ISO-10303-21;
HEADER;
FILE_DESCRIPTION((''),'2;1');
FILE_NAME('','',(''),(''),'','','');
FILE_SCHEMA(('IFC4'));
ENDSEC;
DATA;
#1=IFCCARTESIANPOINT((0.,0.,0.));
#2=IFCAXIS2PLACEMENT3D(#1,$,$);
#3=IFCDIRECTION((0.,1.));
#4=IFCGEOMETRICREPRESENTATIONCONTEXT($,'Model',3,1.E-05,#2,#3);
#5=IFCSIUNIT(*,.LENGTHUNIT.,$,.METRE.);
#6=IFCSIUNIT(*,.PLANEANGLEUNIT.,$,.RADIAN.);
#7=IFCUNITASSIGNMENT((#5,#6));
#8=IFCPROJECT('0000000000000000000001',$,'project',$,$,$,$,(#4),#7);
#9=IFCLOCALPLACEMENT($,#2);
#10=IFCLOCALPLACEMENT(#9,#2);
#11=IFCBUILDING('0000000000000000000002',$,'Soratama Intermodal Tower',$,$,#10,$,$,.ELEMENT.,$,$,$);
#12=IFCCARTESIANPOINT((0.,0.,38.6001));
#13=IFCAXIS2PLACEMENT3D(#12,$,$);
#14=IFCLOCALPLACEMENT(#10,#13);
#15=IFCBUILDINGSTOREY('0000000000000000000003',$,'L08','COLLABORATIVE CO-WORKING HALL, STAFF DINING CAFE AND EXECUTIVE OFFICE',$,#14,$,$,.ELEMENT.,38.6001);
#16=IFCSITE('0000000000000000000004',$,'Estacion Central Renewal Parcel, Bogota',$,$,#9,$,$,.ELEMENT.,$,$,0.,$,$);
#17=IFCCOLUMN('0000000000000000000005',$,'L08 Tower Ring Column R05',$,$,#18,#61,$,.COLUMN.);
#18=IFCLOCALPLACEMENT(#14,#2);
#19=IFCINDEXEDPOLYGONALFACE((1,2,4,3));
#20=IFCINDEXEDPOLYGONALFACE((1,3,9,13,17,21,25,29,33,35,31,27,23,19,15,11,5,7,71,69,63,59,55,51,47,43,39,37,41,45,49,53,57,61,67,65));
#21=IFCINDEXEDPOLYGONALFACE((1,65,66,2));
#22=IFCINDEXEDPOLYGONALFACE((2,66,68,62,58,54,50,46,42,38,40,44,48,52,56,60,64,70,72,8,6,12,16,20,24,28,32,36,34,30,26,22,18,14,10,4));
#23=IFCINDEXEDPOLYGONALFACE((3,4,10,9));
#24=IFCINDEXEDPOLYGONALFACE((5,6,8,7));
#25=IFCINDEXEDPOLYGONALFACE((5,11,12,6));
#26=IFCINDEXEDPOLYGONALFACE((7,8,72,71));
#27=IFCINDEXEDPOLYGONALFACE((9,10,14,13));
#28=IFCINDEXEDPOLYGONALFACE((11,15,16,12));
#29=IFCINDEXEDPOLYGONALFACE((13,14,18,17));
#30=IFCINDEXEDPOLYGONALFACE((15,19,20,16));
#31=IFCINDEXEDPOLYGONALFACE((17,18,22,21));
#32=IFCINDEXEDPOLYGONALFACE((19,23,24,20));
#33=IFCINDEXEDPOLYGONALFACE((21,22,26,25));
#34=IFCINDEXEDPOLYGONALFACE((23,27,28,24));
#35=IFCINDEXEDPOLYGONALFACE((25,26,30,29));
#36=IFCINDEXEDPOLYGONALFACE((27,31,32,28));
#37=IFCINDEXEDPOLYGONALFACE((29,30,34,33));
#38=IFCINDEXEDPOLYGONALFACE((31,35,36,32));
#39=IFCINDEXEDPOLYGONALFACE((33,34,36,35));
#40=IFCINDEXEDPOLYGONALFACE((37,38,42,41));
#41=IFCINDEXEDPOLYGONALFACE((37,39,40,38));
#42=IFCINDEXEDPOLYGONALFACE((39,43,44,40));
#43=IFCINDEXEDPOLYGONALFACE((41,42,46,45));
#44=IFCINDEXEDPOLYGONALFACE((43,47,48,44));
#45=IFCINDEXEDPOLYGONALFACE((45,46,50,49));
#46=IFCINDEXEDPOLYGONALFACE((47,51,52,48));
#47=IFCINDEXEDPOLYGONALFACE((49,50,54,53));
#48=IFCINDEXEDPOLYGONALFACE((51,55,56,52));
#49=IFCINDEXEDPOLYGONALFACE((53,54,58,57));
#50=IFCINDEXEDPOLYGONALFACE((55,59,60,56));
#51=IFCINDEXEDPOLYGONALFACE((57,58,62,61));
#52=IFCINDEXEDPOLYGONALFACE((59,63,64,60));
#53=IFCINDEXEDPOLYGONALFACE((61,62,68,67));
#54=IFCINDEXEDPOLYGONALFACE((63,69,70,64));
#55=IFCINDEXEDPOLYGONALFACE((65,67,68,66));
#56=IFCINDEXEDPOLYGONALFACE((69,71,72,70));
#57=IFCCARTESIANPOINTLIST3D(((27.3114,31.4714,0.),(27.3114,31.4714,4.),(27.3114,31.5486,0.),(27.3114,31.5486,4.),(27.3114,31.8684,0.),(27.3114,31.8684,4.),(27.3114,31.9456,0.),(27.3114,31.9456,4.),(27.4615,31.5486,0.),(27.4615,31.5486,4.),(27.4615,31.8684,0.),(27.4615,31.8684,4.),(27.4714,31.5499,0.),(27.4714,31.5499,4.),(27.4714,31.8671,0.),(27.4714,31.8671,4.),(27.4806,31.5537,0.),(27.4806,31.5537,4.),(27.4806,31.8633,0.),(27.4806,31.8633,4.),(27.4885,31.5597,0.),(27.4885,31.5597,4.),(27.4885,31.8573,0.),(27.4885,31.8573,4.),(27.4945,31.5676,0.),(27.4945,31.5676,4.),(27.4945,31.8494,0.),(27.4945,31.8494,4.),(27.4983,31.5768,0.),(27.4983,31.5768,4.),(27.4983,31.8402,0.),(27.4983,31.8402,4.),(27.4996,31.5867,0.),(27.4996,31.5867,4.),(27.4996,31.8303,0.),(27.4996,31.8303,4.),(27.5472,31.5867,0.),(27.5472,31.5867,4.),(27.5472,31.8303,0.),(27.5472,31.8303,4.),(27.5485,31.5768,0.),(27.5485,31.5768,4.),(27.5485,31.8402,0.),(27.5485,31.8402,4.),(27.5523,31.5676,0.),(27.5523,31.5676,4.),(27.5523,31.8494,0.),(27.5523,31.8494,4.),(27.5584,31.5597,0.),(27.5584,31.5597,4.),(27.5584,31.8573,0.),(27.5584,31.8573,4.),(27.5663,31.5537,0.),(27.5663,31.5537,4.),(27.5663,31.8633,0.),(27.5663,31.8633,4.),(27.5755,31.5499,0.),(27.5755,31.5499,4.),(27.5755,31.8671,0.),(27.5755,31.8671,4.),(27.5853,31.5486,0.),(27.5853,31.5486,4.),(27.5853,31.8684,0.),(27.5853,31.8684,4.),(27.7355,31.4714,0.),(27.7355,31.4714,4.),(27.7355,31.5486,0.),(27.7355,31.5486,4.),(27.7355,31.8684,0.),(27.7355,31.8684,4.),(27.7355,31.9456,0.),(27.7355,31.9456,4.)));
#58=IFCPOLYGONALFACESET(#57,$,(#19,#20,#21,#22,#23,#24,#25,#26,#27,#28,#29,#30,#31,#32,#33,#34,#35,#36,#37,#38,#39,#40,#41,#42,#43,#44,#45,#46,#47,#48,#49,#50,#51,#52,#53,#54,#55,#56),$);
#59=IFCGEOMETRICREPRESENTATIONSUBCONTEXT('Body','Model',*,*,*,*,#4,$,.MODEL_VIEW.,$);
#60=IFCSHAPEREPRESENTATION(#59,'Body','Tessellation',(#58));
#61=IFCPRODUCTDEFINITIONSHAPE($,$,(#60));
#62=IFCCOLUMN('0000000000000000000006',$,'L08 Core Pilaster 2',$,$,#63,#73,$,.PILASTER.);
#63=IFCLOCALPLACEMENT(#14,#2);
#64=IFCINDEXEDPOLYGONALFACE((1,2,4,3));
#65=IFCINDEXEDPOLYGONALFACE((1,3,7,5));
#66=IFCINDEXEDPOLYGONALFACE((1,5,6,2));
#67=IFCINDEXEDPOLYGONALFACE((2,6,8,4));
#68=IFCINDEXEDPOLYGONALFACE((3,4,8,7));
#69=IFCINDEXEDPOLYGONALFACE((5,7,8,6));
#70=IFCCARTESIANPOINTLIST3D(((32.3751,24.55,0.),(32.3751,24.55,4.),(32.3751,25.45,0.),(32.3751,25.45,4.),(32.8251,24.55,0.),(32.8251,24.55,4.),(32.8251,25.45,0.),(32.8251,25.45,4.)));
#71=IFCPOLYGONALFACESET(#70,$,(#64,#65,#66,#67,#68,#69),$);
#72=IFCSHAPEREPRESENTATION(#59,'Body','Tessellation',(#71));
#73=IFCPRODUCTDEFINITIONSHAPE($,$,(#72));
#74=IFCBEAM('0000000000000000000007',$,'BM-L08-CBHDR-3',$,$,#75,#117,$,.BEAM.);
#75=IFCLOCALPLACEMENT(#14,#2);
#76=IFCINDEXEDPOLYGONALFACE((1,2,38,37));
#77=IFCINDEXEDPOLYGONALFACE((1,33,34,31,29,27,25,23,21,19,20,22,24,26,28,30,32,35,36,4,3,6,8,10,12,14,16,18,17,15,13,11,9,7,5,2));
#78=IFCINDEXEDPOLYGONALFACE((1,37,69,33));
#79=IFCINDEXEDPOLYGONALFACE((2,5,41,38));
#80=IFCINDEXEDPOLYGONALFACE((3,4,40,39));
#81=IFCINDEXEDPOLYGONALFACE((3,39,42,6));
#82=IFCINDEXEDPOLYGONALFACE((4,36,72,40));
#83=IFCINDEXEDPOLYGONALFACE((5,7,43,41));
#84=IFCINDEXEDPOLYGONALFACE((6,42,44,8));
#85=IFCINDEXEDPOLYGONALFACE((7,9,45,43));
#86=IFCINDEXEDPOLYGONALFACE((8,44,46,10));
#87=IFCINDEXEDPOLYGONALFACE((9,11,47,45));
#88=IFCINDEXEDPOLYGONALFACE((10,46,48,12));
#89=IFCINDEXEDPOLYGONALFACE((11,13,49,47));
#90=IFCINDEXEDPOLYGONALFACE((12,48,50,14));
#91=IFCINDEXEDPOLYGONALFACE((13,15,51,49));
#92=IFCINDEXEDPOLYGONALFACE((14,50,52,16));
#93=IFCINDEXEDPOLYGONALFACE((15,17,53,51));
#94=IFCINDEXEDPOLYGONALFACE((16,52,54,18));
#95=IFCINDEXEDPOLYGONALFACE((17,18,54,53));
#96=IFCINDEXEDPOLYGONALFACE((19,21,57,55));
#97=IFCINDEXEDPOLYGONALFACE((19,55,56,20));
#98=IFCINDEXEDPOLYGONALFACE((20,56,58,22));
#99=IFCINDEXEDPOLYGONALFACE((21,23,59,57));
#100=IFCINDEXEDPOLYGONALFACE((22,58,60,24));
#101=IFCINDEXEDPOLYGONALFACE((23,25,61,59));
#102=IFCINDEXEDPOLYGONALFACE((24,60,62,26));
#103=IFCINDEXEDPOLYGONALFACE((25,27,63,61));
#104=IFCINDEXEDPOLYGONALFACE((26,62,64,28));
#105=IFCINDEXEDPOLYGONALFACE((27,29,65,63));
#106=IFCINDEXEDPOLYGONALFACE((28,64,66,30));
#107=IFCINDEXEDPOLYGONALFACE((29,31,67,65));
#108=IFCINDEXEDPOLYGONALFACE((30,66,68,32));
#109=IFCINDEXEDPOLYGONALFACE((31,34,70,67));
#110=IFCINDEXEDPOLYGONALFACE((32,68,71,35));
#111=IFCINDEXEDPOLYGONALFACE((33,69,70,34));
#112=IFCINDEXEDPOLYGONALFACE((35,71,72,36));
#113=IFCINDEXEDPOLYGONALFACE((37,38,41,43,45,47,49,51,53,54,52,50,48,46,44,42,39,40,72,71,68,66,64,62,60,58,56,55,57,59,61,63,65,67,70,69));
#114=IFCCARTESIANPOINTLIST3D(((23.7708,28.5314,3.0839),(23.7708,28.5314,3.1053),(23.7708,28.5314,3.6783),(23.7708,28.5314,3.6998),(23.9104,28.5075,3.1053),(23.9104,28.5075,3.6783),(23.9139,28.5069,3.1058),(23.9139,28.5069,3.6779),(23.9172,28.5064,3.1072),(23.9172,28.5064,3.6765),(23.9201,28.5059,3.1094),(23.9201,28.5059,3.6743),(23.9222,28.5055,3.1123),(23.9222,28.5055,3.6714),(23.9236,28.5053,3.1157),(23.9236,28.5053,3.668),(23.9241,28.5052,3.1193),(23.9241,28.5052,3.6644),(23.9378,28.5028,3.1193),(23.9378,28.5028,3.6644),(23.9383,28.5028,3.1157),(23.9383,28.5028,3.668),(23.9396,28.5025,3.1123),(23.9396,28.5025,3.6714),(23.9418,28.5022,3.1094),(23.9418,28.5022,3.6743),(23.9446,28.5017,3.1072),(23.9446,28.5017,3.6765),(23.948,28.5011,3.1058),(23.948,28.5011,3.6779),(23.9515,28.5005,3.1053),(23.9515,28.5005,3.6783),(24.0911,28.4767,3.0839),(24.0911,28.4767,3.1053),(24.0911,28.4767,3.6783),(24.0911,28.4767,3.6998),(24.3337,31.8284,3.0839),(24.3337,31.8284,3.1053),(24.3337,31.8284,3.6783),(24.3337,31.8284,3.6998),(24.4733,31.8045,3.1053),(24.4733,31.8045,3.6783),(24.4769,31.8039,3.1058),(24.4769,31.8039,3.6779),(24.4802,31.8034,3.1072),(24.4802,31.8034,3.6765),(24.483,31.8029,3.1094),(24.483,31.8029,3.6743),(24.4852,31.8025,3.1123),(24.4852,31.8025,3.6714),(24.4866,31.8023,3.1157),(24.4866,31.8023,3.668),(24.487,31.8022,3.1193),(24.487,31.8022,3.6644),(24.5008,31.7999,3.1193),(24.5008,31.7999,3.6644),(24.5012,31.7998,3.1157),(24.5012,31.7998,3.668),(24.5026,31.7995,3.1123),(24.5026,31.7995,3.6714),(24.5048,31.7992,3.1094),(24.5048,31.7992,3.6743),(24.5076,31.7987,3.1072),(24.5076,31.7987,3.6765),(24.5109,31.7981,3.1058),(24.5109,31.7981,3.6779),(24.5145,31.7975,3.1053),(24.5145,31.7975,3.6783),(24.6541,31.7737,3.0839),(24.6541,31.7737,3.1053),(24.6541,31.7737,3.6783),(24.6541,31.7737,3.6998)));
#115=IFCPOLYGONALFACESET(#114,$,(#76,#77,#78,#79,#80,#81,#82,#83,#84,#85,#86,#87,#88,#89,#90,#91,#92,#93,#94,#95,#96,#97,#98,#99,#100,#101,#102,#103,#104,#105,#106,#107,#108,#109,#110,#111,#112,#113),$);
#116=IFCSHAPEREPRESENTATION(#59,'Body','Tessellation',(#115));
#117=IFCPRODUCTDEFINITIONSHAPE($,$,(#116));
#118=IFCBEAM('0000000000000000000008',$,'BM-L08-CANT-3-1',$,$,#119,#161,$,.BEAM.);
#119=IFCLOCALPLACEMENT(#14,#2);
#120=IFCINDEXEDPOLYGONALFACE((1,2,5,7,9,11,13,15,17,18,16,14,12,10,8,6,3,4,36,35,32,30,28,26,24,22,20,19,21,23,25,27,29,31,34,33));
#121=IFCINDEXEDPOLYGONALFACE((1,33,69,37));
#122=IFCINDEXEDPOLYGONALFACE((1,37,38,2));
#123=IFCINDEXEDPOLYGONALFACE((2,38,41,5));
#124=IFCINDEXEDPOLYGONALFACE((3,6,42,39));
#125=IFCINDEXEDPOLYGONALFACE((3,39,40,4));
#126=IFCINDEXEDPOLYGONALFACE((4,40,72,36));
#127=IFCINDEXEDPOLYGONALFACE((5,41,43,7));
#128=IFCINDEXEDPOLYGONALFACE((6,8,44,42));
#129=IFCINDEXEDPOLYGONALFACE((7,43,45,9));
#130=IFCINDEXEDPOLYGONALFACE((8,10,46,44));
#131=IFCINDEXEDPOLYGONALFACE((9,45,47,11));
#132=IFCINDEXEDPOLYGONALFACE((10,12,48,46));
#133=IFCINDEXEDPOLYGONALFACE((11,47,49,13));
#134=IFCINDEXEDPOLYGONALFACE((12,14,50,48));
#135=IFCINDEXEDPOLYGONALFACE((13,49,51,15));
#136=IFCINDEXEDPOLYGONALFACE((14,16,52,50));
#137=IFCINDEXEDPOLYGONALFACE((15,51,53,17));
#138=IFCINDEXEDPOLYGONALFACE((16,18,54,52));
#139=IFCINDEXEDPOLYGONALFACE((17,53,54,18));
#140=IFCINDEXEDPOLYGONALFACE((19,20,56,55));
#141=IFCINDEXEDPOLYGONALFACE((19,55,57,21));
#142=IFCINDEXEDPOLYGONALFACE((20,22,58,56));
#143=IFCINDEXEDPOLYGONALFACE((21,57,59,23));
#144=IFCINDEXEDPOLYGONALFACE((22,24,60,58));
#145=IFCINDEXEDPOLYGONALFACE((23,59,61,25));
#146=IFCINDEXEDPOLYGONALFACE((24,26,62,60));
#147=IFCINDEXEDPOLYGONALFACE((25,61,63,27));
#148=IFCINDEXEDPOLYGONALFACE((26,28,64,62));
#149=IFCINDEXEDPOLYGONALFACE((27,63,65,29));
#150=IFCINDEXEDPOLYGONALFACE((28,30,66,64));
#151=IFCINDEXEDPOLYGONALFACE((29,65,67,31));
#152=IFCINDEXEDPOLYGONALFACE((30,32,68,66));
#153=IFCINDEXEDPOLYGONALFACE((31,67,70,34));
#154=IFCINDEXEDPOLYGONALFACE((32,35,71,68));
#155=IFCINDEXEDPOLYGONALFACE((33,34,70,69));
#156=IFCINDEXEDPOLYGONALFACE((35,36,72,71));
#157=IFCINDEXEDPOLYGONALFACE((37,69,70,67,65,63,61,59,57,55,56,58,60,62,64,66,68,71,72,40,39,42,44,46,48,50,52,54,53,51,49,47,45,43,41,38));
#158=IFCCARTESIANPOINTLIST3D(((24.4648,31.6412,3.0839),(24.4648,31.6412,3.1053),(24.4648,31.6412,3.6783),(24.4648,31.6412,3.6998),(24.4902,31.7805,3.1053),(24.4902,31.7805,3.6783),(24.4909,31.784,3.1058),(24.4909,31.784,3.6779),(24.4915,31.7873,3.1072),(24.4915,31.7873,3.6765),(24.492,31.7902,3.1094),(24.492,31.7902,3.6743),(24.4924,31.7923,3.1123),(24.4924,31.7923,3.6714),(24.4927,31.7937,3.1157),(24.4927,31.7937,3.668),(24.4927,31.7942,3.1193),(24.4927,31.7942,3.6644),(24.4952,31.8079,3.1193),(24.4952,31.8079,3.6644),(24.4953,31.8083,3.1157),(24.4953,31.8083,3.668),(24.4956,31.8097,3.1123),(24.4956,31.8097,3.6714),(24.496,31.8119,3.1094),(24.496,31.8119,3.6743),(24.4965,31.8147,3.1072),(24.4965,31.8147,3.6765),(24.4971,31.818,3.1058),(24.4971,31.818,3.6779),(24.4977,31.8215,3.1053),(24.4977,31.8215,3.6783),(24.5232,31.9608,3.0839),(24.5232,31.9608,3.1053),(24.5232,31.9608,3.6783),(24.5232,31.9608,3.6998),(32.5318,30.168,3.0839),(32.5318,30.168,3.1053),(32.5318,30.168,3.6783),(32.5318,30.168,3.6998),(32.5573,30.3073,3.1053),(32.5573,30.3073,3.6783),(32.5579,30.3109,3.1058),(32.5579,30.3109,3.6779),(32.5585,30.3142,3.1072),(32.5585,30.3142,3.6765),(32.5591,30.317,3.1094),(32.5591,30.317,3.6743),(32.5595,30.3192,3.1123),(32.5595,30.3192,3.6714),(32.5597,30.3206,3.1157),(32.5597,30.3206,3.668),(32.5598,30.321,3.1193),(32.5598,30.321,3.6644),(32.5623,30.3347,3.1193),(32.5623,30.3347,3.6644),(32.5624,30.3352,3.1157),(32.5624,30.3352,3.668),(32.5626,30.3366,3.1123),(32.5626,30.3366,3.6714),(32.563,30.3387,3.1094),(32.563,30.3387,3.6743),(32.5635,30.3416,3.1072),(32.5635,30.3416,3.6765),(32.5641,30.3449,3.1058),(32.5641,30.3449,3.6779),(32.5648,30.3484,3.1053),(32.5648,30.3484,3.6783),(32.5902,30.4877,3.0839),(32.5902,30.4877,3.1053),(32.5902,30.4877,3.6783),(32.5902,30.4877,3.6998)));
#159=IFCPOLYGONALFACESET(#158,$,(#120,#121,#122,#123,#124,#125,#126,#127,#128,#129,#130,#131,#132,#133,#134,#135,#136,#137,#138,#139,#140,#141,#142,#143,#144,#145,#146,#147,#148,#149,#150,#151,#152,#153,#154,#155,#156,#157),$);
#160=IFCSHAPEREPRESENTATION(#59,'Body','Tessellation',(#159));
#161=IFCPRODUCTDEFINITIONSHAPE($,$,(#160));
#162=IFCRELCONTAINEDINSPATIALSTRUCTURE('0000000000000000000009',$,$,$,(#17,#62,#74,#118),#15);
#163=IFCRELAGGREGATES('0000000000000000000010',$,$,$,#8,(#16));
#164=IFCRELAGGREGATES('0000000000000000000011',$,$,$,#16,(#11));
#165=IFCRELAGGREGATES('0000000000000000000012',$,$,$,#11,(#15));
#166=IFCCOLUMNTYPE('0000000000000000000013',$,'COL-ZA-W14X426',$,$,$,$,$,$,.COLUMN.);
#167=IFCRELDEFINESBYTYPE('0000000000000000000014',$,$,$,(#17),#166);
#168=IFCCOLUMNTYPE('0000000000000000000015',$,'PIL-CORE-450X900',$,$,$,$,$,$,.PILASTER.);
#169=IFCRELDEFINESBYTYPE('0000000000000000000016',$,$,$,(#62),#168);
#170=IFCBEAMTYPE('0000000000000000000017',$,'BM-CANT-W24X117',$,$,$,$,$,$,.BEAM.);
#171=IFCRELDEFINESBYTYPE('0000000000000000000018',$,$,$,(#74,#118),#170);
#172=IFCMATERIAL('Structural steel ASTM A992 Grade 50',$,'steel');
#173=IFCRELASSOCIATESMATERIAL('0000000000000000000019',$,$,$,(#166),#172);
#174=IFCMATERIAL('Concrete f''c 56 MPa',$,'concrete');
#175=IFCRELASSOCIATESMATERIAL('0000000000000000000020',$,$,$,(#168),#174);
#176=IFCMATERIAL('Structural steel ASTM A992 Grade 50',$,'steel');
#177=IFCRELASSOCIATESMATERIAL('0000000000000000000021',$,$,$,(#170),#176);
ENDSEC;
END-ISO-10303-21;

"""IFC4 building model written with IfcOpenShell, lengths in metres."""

from ifc_helpers import new_model, si_unit, direction, frame, origin, origin_2d, place, context, subcontext, project, spatial, rectangle, i_section, extrude, material, material_profile, profile_set, type_object, element, save


model = new_model("IFC4")

# Units and contexts
model_context = context("Model", 3, precision=1e-05, world=origin(), true_north=direction((0.0, 1.0)))
body_context = subcontext(model_context, "Body", "Model", "MODEL_VIEW")
ifc_project = project(units=[si_unit("LENGTHUNIT", "METRE"), si_unit("PLANEANGLEUNIT", "RADIAN")], contexts=[model_context])

# Site, building, storey
site_placement = place(None, origin())
site = spatial("IfcSite", under=ifc_project, at=site_placement, Name="Estacion Central Renewal Parcel, Bogota", CompositionType="ELEMENT", RefElevation=0.0)
building_placement = place(site_placement, origin())
building = spatial("IfcBuilding", under=site, at=building_placement, Name="Soratama Intermodal Tower", CompositionType="ELEMENT")
storey_placement = place(building_placement, frame((0.0, 0.0, 38.6001)))
storey = spatial("IfcBuildingStorey", under=building, at=storey_placement, Name="L08", Description="COLLABORATIVE CO-WORKING HALL, STAFF DINING CAFE AND EXECUTIVE OFFICE", CompositionType="ELEMENT", Elevation=38.6001)

# Columns
ifc_material_1 = material(Name="Structural steel ASTM A992 Grade 50", Category="steel")
ifc_material_profile_1 = material_profile(ifc_material_1, i_section(OverallWidth=0.4241, OverallDepth=0.4741, WebThickness=0.0476, FlangeThickness=0.0771, FilletRadius=0.0381, at=origin_2d()), Name="W14X426")
ifc_profile_set_1 = profile_set([ifc_material_profile_1], Name="Structural steel ASTM A992 Grade 50")
column_type_1 = type_object("IfcColumnType", Name="COL-ZA-W14X426", PredefinedType="COLUMN", material=ifc_profile_set_1)
column_1_placement = place(storey_placement, frame((27.5234, 31.7085, 0.0), z_axis=(0.0, 0.0, 1.0), x_axis=(1.0, 0.0, 0.0)))
element("IfcColumn", 1, at=column_1_placement, inside=storey, type_object=column_type_1, Name="L08 Tower Ring Column R05", PredefinedType="COLUMN", context=body_context, shape_type="SweptSolid", body=[
    extrude(i_section(OverallWidth=0.4241, OverallDepth=0.4741, WebThickness=0.0476, FlangeThickness=0.0771, FilletRadius=0.0381, at=origin_2d()), origin(), (0.0, 0.0, 1.0), 4.0),
])
ifc_material_2 = material(Name="Concrete f'c 56 MPa", Category="concrete")
ifc_material_profile_2 = material_profile(ifc_material_2, rectangle(XDim=0.45, YDim=0.8999, at=origin_2d()), Name="RC450X900")
ifc_profile_set_2 = profile_set([ifc_material_profile_2], Name="Concrete f'c 56 MPa")
column_type_2 = type_object("IfcColumnType", Name="PIL-CORE-450X900", PredefinedType="PILASTER", material=ifc_profile_set_2)
column_2_placement = place(storey_placement, frame((32.6001, 25.0, 0.0), z_axis=(0.0, 0.0, 1.0), x_axis=(1.0, 0.0, 0.0)))
element("IfcColumn", 2, at=column_2_placement, inside=storey, type_object=column_type_2, Name="L08 Core Pilaster 2", PredefinedType="PILASTER", context=body_context, shape_type="SweptSolid", body=[
    extrude(rectangle(XDim=0.45, YDim=0.8999, at=origin_2d()), origin(), (0.0, 0.0, 1.0), 4.0),
])

# Beams
ifc_material_3 = material(Name="Structural steel ASTM A992 Grade 50", Category="steel")
ifc_material_profile_3 = material_profile(ifc_material_3, i_section(OverallWidth=0.325, OverallDepth=0.616, WebThickness=0.0139, FlangeThickness=0.0215, FilletRadius=0.0139, at=origin_2d()), Name="W24X117")
ifc_profile_set_3 = profile_set([ifc_material_profile_3], Name="Structural steel ASTM A992 Grade 50")
beam_type_1 = type_object("IfcBeamType", Name="BM-CANT-W24X117", PredefinedType="BEAM", material=ifc_profile_set_3)
beam_1_placement = place(storey_placement, frame((24.4939, 31.801, 3.3918), z_axis=(-0.168315, -0.985733, 0.0), x_axis=(0.985733, -0.168315, 0.0)))
element("IfcBeam", 3, at=beam_1_placement, inside=storey, type_object=beam_type_1, Name="BM-L08-CBHDR-3", PredefinedType="BEAM", context=body_context, shape_type="SweptSolid", body=[
    extrude(i_section(OverallWidth=0.325, OverallDepth=0.616, WebThickness=0.0139, FlangeThickness=0.0215, FilletRadius=0.0139, at=origin_2d()), origin(), (0.0, 0.0, 1.0), 3.3447),
])
beam_2_placement = place(storey_placement, frame((32.561, 30.3279, 3.3918), z_axis=(-0.983732, 0.17964, 0.0), x_axis=(-0.17964, -0.983732, 0.0)))
element("IfcBeam", 4, at=beam_2_placement, inside=storey, type_object=beam_type_1, Name="BM-L08-CANT-3-1", PredefinedType="BEAM", context=body_context, shape_type="SweptSolid", body=[
    extrude(i_section(OverallWidth=0.325, OverallDepth=0.616, WebThickness=0.0139, FlangeThickness=0.0215, FilletRadius=0.0139, at=origin_2d()), origin(), (0.0, 0.0, 1.0), 8.2004),
])

save(model, "model.ifc")
